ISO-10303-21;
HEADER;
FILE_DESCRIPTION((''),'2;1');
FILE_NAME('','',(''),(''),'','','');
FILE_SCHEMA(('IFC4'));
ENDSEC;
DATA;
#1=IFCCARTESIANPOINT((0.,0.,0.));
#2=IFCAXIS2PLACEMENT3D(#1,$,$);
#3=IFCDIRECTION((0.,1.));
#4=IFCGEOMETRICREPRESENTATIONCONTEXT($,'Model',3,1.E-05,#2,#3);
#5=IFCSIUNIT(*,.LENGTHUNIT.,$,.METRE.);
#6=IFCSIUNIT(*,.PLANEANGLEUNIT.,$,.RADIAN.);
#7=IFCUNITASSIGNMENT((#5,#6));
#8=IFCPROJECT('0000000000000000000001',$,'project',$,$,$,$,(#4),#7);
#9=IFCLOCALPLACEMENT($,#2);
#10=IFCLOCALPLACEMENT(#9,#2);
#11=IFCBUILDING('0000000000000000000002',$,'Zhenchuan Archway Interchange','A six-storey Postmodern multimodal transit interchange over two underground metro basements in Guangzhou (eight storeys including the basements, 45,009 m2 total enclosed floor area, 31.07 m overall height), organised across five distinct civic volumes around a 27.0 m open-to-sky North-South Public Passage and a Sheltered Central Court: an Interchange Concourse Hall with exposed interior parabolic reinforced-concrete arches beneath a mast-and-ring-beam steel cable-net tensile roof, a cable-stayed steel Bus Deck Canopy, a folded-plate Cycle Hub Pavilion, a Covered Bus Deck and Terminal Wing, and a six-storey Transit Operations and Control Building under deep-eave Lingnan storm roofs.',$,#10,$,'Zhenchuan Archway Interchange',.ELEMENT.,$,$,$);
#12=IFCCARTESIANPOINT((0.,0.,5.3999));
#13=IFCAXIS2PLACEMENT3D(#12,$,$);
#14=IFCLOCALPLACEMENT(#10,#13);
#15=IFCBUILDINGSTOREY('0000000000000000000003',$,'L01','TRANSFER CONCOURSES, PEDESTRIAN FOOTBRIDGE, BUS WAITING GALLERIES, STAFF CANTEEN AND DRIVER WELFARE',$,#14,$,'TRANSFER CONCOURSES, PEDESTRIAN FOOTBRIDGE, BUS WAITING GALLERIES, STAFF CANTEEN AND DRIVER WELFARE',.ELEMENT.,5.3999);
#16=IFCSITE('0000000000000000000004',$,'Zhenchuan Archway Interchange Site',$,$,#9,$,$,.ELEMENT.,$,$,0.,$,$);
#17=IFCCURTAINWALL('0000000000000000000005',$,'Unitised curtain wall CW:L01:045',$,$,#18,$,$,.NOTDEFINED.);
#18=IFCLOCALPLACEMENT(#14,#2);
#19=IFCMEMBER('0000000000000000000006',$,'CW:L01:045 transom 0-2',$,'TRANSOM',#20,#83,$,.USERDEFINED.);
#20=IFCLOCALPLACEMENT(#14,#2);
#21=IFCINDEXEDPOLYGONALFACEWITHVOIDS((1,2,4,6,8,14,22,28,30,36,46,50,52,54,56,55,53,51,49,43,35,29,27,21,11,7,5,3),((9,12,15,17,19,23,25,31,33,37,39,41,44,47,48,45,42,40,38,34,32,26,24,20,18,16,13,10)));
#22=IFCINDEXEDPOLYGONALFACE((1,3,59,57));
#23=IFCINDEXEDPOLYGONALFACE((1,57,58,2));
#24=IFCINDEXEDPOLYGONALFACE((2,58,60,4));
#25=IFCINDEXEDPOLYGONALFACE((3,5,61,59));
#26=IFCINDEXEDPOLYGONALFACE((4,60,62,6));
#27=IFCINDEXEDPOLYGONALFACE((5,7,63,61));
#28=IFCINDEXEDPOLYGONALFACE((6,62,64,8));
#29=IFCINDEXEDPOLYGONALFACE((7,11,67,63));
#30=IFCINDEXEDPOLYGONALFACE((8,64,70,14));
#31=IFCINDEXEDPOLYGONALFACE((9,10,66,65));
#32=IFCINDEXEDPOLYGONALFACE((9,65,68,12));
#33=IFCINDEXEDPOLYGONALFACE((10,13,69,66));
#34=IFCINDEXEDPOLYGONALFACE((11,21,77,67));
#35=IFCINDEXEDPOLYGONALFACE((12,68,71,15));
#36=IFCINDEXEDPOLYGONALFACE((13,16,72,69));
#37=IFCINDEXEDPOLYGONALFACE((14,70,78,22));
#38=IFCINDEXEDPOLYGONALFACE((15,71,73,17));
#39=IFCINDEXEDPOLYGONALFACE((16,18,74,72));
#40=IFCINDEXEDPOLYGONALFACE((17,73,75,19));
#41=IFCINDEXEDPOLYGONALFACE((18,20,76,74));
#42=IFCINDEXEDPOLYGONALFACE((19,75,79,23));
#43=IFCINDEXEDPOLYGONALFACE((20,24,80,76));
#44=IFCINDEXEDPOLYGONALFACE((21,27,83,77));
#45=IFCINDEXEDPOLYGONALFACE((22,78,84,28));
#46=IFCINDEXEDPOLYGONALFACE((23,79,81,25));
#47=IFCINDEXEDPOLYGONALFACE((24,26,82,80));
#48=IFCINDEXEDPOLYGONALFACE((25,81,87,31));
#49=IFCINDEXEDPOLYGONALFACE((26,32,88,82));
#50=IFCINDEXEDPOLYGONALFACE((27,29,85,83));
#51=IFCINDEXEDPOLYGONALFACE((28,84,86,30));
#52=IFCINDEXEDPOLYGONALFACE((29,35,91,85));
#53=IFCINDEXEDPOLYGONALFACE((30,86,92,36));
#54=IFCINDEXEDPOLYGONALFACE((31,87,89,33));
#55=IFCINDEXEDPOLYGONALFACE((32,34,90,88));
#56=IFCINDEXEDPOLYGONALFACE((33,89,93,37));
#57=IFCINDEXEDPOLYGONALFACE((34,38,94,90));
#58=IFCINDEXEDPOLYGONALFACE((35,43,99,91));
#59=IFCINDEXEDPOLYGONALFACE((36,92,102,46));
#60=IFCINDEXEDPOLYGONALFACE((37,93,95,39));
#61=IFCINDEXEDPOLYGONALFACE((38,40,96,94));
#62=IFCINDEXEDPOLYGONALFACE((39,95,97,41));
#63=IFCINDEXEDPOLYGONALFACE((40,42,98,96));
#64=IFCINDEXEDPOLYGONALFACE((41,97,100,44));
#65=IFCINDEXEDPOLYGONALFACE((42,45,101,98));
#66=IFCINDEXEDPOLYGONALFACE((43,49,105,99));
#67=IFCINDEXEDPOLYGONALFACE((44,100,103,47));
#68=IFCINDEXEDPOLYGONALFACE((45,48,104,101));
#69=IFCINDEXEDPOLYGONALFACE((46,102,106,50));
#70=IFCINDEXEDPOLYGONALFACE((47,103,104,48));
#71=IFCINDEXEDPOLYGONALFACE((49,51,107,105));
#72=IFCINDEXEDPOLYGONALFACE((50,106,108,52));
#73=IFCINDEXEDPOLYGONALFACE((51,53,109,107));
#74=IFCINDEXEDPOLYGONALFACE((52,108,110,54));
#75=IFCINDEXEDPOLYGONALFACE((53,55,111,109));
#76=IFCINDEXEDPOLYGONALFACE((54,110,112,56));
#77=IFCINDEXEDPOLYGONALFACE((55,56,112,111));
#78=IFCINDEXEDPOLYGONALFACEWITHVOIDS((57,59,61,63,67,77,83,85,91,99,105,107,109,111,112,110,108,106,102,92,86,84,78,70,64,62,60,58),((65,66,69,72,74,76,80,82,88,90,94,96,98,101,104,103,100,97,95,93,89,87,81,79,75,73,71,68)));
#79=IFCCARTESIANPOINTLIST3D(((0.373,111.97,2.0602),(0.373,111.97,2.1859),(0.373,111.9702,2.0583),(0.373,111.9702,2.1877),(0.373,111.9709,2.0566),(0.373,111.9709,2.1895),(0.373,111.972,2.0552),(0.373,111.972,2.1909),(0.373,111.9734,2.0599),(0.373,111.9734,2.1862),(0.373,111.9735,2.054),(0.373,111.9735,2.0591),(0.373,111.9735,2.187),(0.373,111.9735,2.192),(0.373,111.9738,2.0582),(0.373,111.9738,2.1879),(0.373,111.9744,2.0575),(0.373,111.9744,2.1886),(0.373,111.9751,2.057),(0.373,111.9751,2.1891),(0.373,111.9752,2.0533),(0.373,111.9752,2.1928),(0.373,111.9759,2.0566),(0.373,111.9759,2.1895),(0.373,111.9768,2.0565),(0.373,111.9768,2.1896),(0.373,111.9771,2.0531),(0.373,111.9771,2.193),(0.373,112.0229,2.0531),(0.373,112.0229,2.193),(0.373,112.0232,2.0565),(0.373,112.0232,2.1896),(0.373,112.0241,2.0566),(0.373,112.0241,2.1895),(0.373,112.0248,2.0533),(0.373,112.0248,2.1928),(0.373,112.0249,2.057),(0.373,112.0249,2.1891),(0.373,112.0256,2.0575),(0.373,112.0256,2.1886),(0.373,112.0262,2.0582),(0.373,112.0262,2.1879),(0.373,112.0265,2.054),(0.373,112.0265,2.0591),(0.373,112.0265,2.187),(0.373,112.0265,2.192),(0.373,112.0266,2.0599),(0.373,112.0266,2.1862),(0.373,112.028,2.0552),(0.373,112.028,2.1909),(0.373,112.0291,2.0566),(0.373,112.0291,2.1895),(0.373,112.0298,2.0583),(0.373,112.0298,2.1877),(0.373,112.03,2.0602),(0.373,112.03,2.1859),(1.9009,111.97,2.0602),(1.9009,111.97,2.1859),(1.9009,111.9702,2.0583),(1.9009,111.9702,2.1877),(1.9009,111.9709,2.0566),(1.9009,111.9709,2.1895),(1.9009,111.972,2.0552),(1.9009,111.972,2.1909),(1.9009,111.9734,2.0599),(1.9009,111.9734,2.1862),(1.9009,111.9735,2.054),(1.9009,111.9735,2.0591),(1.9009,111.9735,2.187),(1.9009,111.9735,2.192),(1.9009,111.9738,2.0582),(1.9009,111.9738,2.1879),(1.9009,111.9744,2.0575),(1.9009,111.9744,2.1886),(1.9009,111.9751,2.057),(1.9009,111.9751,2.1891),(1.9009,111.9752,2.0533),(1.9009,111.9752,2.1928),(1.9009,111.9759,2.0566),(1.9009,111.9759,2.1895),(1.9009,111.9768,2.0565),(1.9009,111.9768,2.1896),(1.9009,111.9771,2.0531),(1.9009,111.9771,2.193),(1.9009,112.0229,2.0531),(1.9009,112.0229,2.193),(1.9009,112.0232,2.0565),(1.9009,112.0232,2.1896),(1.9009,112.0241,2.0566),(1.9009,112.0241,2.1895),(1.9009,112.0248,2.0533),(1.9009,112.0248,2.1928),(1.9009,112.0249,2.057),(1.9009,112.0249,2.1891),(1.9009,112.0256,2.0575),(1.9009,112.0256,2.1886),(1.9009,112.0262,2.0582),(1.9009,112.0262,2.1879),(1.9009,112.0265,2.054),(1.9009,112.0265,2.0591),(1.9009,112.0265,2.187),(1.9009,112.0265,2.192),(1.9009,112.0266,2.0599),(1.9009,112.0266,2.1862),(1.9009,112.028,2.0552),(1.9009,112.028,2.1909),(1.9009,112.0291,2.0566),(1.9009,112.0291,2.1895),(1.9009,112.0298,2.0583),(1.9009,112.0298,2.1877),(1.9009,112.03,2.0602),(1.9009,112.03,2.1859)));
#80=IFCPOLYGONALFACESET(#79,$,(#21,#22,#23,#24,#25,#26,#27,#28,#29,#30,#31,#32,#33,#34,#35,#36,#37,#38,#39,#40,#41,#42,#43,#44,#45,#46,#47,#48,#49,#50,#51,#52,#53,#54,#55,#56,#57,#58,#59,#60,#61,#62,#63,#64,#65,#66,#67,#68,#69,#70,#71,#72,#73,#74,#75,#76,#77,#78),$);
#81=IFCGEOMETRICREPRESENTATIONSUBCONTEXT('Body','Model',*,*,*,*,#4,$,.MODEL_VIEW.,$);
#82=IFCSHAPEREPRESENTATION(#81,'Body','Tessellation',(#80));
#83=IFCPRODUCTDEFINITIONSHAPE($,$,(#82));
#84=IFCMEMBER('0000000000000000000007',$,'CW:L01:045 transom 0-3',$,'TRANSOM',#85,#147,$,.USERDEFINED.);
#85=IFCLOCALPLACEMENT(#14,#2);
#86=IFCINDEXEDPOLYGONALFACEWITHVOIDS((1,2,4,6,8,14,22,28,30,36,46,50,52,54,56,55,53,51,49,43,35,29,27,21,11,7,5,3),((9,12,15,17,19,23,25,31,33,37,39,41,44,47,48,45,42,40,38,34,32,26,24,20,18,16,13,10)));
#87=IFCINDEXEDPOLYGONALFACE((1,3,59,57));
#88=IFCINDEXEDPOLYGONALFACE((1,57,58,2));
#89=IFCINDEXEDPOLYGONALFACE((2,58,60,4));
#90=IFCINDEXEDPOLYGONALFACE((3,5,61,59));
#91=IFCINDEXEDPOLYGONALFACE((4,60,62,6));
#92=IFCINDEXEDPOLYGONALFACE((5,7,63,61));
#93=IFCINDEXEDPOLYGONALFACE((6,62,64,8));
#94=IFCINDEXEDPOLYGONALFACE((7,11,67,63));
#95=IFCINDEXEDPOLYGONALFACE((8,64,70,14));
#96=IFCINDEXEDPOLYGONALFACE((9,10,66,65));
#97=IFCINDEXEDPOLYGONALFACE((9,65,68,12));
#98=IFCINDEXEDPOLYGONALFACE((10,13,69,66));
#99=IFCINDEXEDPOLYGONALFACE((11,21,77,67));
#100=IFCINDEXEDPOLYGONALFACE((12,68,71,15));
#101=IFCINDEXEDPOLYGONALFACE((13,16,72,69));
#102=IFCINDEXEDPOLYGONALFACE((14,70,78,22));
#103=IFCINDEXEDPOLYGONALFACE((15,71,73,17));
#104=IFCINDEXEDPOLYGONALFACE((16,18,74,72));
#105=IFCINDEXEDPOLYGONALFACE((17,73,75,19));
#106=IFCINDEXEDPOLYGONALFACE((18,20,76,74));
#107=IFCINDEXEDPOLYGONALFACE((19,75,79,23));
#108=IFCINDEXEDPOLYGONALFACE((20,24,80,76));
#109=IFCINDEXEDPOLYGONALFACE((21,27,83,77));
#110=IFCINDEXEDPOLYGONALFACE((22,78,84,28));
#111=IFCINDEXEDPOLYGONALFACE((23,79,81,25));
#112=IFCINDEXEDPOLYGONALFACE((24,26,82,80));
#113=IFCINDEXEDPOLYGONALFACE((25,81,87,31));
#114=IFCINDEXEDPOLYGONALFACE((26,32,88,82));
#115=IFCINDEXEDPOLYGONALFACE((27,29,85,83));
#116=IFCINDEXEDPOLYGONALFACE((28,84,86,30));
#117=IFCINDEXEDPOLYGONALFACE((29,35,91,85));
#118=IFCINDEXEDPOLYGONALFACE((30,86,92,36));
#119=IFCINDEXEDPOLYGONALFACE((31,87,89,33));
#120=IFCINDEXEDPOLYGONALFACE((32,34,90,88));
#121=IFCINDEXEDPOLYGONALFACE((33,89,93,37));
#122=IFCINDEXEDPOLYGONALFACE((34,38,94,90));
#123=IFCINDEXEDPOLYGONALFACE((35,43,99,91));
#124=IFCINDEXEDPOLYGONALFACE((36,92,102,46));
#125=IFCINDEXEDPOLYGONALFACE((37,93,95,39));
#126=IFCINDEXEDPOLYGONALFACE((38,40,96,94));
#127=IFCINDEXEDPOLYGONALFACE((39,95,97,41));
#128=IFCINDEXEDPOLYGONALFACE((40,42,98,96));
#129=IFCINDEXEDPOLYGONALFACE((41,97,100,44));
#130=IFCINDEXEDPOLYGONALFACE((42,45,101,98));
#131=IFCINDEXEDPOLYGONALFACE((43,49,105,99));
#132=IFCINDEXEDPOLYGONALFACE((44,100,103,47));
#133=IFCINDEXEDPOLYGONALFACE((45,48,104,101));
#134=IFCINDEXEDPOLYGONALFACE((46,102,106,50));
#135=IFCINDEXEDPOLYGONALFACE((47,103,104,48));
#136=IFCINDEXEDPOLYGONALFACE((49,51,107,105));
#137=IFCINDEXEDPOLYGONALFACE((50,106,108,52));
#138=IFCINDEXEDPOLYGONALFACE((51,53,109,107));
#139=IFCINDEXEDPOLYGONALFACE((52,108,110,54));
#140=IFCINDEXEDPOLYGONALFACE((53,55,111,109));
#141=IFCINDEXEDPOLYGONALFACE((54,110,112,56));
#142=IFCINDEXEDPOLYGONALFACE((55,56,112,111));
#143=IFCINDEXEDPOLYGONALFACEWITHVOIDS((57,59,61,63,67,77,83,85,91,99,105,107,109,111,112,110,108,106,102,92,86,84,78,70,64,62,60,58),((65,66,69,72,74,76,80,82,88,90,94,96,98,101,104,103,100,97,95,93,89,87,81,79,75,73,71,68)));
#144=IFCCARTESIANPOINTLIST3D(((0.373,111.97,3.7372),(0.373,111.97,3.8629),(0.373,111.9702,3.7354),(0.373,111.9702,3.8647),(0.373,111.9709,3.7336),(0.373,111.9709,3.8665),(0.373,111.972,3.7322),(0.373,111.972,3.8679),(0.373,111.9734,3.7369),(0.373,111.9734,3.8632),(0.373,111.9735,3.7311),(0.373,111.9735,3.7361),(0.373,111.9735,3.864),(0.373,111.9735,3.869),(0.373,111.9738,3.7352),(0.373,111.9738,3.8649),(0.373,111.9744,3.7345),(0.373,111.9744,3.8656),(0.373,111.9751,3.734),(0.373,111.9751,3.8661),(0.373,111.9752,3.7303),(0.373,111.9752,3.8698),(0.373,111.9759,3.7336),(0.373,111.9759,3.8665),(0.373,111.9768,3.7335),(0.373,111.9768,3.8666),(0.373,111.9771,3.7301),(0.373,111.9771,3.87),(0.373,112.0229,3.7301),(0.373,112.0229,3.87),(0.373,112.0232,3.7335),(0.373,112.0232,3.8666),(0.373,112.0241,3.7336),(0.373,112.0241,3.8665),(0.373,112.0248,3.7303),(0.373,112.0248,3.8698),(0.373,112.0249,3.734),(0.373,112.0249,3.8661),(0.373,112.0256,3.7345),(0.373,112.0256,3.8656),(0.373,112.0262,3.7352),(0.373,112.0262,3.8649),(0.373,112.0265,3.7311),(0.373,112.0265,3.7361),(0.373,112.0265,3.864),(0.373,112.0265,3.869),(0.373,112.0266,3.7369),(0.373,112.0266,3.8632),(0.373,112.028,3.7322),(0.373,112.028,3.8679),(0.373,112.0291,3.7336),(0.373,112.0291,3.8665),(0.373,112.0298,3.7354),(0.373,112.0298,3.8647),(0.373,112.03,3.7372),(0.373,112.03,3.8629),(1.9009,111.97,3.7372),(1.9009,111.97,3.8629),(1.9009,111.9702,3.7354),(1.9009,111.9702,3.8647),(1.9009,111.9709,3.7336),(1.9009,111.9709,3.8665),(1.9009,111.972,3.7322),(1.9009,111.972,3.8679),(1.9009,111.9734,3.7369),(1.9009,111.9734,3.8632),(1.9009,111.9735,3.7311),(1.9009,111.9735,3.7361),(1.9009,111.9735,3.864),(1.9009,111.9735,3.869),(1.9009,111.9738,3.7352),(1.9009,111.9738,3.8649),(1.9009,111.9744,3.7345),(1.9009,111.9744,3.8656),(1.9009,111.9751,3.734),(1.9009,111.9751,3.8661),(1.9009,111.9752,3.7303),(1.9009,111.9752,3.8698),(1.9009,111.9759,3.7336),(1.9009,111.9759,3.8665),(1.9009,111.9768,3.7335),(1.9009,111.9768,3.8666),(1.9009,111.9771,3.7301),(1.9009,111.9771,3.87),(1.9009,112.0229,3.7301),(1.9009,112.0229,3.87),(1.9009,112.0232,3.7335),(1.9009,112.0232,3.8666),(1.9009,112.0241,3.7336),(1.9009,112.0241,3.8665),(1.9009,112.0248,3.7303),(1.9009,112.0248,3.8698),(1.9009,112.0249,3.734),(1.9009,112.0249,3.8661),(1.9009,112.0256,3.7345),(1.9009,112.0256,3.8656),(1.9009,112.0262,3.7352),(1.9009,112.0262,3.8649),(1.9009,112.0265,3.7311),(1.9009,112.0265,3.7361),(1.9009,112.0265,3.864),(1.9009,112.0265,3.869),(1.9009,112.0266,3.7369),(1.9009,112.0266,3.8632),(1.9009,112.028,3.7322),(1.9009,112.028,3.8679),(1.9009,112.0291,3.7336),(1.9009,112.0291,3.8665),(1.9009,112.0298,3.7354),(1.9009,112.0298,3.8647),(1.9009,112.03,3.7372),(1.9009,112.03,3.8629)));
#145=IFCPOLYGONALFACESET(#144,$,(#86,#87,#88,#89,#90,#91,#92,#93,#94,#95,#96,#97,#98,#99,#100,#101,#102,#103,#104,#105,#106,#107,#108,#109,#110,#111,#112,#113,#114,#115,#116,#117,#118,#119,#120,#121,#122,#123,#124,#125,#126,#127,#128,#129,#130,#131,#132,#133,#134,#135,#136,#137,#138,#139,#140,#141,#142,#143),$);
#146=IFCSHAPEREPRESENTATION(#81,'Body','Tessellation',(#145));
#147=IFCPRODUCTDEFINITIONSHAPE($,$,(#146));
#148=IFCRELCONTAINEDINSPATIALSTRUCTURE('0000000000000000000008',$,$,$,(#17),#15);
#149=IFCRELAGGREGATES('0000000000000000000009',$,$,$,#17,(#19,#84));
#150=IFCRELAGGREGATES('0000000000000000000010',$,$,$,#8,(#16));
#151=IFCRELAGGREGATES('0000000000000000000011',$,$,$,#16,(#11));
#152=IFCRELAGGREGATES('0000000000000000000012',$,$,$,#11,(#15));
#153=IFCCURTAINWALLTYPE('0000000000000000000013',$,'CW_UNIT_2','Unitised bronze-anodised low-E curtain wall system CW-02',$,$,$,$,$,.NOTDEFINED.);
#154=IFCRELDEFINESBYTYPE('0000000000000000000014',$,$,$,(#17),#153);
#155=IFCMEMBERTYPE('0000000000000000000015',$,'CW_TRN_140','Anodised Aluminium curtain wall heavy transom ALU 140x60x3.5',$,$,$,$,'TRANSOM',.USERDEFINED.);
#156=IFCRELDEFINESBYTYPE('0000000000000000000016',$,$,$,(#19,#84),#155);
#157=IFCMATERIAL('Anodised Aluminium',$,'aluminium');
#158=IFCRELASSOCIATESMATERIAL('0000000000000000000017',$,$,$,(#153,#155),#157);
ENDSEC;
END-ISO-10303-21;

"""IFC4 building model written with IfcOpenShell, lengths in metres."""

from ifc_helpers import new_model, si_unit, direction, frame, origin, origin_2d, place, context, subcontext, project, spatial, hollow_rectangle, extrude, material, material_profile, profile_set, type_object, element, aggregate, save


model = new_model("IFC4")

# Units and contexts
model_context = context("Model", 3, precision=1e-05, world=origin(), true_north=direction((0.0, 1.0)))
body_context = subcontext(model_context, "Body", "Model", "MODEL_VIEW")
ifc_project = project(units=[si_unit("LENGTHUNIT", "METRE"), si_unit("PLANEANGLEUNIT", "RADIAN")], contexts=[model_context])

# Site, building, storey
site_placement = place(None, origin())
site = spatial("IfcSite", under=ifc_project, at=site_placement, Name="Zhenchuan Archway Interchange Site", CompositionType="ELEMENT", RefElevation=0.0)
building_placement = place(site_placement, origin())
building = spatial("IfcBuilding", under=site, at=building_placement, Name="Zhenchuan Archway Interchange", Description="A six-storey Postmodern multimodal transit interchange over two underground metro basements in Guangzhou (eight storeys including the basements, 45,009 m2 total enclosed floor area, 31.07 m overall height), organised across five distinct civic volumes around a 27.0 m open-to-sky North-South Public Passage and a Sheltered Central Court: an Interchange Concourse Hall with exposed interior parabolic reinforced-concrete arches beneath a mast-and-ring-beam steel cable-net tensile roof, a cable-stayed steel Bus Deck Canopy, a folded-plate Cycle Hub Pavilion, a Covered Bus Deck and Terminal Wing, and a six-storey Transit Operations and Control Building under deep-eave Lingnan storm roofs.", LongName="Zhenchuan Archway Interchange", CompositionType="ELEMENT")
storey_placement = place(building_placement, frame((0.0, 0.0, 5.3999)))
storey = spatial("IfcBuildingStorey", under=building, at=storey_placement, Name="L01", Description="TRANSFER CONCOURSES, PEDESTRIAN FOOTBRIDGE, BUS WAITING GALLERIES, STAFF CANTEEN AND DRIVER WELFARE", LongName="TRANSFER CONCOURSES, PEDESTRIAN FOOTBRIDGE, BUS WAITING GALLERIES, STAFF CANTEEN AND DRIVER WELFARE", CompositionType="ELEMENT", Elevation=5.3999)

# Curtain wall
ifc_material_1 = material(Name="Anodised Aluminium", Category="aluminium")
curtain_wall_type_1 = type_object("IfcCurtainWallType", Name="CW_UNIT_2", Description="Unitised bronze-anodised low-E curtain wall system CW-02", PredefinedType="NOTDEFINED", material=ifc_material_1)
curtain_wall_1_placement = place(storey_placement, origin())
curtain_wall_1 = element("IfcCurtainWall", 1, at=curtain_wall_1_placement, inside=storey, type_object=curtain_wall_type_1, Name="Unitised curtain wall CW:L01:045", PredefinedType="NOTDEFINED")

# Members
ifc_material_profile_1 = material_profile(ifc_material_1, hollow_rectangle(XDim=0.0601, YDim=0.1399, WallThickness=0.0034, InnerFilletRadius=0.0034, OuterFilletRadius=0.0071, at=origin_2d()), Name="ALU 140x60x3.5")
ifc_profile_set_1 = profile_set([ifc_material_profile_1], Name="Anodised Aluminium")
member_type_1 = type_object("IfcMemberType", Name="CW_TRN_140", Description="Anodised Aluminium curtain wall heavy transom ALU 140x60x3.5", ElementType="TRANSOM", PredefinedType="USERDEFINED", material=ifc_profile_set_1)
member_1_placement = place(storey_placement, frame((0.373, 112.0, 2.123), z_axis=(1.0, 0.0, 0.0), x_axis=(0.0, 1.0, 0.0)))
member_1 = element("IfcMember", 2, at=member_1_placement, type_object=member_type_1, Name="CW:L01:045 transom 0-2", ObjectType="TRANSOM", PredefinedType="USERDEFINED", context=body_context, shape_type="SweptSolid", body=[
    extrude(hollow_rectangle(XDim=0.0601, YDim=0.1399, WallThickness=0.0034, InnerFilletRadius=0.0034, OuterFilletRadius=0.0071, at=origin_2d()), origin(), (0.0, 0.0, 1.0), 1.5278),
])
member_2_placement = place(storey_placement, frame((0.373, 112.0, 3.8), z_axis=(1.0, 0.0, 0.0), x_axis=(0.0, 1.0, 0.0)))
member_2 = element("IfcMember", 3, at=member_2_placement, type_object=member_type_1, Name="CW:L01:045 transom 0-3", ObjectType="TRANSOM", PredefinedType="USERDEFINED", context=body_context, shape_type="SweptSolid", body=[
    extrude(hollow_rectangle(XDim=0.0601, YDim=0.1399, WallThickness=0.0034, InnerFilletRadius=0.0034, OuterFilletRadius=0.0071, at=origin_2d()), origin(), (0.0, 0.0, 1.0), 1.5278),
])

aggregate(curtain_wall_1, [member_1, member_2])

save(model, "model.ifc")
